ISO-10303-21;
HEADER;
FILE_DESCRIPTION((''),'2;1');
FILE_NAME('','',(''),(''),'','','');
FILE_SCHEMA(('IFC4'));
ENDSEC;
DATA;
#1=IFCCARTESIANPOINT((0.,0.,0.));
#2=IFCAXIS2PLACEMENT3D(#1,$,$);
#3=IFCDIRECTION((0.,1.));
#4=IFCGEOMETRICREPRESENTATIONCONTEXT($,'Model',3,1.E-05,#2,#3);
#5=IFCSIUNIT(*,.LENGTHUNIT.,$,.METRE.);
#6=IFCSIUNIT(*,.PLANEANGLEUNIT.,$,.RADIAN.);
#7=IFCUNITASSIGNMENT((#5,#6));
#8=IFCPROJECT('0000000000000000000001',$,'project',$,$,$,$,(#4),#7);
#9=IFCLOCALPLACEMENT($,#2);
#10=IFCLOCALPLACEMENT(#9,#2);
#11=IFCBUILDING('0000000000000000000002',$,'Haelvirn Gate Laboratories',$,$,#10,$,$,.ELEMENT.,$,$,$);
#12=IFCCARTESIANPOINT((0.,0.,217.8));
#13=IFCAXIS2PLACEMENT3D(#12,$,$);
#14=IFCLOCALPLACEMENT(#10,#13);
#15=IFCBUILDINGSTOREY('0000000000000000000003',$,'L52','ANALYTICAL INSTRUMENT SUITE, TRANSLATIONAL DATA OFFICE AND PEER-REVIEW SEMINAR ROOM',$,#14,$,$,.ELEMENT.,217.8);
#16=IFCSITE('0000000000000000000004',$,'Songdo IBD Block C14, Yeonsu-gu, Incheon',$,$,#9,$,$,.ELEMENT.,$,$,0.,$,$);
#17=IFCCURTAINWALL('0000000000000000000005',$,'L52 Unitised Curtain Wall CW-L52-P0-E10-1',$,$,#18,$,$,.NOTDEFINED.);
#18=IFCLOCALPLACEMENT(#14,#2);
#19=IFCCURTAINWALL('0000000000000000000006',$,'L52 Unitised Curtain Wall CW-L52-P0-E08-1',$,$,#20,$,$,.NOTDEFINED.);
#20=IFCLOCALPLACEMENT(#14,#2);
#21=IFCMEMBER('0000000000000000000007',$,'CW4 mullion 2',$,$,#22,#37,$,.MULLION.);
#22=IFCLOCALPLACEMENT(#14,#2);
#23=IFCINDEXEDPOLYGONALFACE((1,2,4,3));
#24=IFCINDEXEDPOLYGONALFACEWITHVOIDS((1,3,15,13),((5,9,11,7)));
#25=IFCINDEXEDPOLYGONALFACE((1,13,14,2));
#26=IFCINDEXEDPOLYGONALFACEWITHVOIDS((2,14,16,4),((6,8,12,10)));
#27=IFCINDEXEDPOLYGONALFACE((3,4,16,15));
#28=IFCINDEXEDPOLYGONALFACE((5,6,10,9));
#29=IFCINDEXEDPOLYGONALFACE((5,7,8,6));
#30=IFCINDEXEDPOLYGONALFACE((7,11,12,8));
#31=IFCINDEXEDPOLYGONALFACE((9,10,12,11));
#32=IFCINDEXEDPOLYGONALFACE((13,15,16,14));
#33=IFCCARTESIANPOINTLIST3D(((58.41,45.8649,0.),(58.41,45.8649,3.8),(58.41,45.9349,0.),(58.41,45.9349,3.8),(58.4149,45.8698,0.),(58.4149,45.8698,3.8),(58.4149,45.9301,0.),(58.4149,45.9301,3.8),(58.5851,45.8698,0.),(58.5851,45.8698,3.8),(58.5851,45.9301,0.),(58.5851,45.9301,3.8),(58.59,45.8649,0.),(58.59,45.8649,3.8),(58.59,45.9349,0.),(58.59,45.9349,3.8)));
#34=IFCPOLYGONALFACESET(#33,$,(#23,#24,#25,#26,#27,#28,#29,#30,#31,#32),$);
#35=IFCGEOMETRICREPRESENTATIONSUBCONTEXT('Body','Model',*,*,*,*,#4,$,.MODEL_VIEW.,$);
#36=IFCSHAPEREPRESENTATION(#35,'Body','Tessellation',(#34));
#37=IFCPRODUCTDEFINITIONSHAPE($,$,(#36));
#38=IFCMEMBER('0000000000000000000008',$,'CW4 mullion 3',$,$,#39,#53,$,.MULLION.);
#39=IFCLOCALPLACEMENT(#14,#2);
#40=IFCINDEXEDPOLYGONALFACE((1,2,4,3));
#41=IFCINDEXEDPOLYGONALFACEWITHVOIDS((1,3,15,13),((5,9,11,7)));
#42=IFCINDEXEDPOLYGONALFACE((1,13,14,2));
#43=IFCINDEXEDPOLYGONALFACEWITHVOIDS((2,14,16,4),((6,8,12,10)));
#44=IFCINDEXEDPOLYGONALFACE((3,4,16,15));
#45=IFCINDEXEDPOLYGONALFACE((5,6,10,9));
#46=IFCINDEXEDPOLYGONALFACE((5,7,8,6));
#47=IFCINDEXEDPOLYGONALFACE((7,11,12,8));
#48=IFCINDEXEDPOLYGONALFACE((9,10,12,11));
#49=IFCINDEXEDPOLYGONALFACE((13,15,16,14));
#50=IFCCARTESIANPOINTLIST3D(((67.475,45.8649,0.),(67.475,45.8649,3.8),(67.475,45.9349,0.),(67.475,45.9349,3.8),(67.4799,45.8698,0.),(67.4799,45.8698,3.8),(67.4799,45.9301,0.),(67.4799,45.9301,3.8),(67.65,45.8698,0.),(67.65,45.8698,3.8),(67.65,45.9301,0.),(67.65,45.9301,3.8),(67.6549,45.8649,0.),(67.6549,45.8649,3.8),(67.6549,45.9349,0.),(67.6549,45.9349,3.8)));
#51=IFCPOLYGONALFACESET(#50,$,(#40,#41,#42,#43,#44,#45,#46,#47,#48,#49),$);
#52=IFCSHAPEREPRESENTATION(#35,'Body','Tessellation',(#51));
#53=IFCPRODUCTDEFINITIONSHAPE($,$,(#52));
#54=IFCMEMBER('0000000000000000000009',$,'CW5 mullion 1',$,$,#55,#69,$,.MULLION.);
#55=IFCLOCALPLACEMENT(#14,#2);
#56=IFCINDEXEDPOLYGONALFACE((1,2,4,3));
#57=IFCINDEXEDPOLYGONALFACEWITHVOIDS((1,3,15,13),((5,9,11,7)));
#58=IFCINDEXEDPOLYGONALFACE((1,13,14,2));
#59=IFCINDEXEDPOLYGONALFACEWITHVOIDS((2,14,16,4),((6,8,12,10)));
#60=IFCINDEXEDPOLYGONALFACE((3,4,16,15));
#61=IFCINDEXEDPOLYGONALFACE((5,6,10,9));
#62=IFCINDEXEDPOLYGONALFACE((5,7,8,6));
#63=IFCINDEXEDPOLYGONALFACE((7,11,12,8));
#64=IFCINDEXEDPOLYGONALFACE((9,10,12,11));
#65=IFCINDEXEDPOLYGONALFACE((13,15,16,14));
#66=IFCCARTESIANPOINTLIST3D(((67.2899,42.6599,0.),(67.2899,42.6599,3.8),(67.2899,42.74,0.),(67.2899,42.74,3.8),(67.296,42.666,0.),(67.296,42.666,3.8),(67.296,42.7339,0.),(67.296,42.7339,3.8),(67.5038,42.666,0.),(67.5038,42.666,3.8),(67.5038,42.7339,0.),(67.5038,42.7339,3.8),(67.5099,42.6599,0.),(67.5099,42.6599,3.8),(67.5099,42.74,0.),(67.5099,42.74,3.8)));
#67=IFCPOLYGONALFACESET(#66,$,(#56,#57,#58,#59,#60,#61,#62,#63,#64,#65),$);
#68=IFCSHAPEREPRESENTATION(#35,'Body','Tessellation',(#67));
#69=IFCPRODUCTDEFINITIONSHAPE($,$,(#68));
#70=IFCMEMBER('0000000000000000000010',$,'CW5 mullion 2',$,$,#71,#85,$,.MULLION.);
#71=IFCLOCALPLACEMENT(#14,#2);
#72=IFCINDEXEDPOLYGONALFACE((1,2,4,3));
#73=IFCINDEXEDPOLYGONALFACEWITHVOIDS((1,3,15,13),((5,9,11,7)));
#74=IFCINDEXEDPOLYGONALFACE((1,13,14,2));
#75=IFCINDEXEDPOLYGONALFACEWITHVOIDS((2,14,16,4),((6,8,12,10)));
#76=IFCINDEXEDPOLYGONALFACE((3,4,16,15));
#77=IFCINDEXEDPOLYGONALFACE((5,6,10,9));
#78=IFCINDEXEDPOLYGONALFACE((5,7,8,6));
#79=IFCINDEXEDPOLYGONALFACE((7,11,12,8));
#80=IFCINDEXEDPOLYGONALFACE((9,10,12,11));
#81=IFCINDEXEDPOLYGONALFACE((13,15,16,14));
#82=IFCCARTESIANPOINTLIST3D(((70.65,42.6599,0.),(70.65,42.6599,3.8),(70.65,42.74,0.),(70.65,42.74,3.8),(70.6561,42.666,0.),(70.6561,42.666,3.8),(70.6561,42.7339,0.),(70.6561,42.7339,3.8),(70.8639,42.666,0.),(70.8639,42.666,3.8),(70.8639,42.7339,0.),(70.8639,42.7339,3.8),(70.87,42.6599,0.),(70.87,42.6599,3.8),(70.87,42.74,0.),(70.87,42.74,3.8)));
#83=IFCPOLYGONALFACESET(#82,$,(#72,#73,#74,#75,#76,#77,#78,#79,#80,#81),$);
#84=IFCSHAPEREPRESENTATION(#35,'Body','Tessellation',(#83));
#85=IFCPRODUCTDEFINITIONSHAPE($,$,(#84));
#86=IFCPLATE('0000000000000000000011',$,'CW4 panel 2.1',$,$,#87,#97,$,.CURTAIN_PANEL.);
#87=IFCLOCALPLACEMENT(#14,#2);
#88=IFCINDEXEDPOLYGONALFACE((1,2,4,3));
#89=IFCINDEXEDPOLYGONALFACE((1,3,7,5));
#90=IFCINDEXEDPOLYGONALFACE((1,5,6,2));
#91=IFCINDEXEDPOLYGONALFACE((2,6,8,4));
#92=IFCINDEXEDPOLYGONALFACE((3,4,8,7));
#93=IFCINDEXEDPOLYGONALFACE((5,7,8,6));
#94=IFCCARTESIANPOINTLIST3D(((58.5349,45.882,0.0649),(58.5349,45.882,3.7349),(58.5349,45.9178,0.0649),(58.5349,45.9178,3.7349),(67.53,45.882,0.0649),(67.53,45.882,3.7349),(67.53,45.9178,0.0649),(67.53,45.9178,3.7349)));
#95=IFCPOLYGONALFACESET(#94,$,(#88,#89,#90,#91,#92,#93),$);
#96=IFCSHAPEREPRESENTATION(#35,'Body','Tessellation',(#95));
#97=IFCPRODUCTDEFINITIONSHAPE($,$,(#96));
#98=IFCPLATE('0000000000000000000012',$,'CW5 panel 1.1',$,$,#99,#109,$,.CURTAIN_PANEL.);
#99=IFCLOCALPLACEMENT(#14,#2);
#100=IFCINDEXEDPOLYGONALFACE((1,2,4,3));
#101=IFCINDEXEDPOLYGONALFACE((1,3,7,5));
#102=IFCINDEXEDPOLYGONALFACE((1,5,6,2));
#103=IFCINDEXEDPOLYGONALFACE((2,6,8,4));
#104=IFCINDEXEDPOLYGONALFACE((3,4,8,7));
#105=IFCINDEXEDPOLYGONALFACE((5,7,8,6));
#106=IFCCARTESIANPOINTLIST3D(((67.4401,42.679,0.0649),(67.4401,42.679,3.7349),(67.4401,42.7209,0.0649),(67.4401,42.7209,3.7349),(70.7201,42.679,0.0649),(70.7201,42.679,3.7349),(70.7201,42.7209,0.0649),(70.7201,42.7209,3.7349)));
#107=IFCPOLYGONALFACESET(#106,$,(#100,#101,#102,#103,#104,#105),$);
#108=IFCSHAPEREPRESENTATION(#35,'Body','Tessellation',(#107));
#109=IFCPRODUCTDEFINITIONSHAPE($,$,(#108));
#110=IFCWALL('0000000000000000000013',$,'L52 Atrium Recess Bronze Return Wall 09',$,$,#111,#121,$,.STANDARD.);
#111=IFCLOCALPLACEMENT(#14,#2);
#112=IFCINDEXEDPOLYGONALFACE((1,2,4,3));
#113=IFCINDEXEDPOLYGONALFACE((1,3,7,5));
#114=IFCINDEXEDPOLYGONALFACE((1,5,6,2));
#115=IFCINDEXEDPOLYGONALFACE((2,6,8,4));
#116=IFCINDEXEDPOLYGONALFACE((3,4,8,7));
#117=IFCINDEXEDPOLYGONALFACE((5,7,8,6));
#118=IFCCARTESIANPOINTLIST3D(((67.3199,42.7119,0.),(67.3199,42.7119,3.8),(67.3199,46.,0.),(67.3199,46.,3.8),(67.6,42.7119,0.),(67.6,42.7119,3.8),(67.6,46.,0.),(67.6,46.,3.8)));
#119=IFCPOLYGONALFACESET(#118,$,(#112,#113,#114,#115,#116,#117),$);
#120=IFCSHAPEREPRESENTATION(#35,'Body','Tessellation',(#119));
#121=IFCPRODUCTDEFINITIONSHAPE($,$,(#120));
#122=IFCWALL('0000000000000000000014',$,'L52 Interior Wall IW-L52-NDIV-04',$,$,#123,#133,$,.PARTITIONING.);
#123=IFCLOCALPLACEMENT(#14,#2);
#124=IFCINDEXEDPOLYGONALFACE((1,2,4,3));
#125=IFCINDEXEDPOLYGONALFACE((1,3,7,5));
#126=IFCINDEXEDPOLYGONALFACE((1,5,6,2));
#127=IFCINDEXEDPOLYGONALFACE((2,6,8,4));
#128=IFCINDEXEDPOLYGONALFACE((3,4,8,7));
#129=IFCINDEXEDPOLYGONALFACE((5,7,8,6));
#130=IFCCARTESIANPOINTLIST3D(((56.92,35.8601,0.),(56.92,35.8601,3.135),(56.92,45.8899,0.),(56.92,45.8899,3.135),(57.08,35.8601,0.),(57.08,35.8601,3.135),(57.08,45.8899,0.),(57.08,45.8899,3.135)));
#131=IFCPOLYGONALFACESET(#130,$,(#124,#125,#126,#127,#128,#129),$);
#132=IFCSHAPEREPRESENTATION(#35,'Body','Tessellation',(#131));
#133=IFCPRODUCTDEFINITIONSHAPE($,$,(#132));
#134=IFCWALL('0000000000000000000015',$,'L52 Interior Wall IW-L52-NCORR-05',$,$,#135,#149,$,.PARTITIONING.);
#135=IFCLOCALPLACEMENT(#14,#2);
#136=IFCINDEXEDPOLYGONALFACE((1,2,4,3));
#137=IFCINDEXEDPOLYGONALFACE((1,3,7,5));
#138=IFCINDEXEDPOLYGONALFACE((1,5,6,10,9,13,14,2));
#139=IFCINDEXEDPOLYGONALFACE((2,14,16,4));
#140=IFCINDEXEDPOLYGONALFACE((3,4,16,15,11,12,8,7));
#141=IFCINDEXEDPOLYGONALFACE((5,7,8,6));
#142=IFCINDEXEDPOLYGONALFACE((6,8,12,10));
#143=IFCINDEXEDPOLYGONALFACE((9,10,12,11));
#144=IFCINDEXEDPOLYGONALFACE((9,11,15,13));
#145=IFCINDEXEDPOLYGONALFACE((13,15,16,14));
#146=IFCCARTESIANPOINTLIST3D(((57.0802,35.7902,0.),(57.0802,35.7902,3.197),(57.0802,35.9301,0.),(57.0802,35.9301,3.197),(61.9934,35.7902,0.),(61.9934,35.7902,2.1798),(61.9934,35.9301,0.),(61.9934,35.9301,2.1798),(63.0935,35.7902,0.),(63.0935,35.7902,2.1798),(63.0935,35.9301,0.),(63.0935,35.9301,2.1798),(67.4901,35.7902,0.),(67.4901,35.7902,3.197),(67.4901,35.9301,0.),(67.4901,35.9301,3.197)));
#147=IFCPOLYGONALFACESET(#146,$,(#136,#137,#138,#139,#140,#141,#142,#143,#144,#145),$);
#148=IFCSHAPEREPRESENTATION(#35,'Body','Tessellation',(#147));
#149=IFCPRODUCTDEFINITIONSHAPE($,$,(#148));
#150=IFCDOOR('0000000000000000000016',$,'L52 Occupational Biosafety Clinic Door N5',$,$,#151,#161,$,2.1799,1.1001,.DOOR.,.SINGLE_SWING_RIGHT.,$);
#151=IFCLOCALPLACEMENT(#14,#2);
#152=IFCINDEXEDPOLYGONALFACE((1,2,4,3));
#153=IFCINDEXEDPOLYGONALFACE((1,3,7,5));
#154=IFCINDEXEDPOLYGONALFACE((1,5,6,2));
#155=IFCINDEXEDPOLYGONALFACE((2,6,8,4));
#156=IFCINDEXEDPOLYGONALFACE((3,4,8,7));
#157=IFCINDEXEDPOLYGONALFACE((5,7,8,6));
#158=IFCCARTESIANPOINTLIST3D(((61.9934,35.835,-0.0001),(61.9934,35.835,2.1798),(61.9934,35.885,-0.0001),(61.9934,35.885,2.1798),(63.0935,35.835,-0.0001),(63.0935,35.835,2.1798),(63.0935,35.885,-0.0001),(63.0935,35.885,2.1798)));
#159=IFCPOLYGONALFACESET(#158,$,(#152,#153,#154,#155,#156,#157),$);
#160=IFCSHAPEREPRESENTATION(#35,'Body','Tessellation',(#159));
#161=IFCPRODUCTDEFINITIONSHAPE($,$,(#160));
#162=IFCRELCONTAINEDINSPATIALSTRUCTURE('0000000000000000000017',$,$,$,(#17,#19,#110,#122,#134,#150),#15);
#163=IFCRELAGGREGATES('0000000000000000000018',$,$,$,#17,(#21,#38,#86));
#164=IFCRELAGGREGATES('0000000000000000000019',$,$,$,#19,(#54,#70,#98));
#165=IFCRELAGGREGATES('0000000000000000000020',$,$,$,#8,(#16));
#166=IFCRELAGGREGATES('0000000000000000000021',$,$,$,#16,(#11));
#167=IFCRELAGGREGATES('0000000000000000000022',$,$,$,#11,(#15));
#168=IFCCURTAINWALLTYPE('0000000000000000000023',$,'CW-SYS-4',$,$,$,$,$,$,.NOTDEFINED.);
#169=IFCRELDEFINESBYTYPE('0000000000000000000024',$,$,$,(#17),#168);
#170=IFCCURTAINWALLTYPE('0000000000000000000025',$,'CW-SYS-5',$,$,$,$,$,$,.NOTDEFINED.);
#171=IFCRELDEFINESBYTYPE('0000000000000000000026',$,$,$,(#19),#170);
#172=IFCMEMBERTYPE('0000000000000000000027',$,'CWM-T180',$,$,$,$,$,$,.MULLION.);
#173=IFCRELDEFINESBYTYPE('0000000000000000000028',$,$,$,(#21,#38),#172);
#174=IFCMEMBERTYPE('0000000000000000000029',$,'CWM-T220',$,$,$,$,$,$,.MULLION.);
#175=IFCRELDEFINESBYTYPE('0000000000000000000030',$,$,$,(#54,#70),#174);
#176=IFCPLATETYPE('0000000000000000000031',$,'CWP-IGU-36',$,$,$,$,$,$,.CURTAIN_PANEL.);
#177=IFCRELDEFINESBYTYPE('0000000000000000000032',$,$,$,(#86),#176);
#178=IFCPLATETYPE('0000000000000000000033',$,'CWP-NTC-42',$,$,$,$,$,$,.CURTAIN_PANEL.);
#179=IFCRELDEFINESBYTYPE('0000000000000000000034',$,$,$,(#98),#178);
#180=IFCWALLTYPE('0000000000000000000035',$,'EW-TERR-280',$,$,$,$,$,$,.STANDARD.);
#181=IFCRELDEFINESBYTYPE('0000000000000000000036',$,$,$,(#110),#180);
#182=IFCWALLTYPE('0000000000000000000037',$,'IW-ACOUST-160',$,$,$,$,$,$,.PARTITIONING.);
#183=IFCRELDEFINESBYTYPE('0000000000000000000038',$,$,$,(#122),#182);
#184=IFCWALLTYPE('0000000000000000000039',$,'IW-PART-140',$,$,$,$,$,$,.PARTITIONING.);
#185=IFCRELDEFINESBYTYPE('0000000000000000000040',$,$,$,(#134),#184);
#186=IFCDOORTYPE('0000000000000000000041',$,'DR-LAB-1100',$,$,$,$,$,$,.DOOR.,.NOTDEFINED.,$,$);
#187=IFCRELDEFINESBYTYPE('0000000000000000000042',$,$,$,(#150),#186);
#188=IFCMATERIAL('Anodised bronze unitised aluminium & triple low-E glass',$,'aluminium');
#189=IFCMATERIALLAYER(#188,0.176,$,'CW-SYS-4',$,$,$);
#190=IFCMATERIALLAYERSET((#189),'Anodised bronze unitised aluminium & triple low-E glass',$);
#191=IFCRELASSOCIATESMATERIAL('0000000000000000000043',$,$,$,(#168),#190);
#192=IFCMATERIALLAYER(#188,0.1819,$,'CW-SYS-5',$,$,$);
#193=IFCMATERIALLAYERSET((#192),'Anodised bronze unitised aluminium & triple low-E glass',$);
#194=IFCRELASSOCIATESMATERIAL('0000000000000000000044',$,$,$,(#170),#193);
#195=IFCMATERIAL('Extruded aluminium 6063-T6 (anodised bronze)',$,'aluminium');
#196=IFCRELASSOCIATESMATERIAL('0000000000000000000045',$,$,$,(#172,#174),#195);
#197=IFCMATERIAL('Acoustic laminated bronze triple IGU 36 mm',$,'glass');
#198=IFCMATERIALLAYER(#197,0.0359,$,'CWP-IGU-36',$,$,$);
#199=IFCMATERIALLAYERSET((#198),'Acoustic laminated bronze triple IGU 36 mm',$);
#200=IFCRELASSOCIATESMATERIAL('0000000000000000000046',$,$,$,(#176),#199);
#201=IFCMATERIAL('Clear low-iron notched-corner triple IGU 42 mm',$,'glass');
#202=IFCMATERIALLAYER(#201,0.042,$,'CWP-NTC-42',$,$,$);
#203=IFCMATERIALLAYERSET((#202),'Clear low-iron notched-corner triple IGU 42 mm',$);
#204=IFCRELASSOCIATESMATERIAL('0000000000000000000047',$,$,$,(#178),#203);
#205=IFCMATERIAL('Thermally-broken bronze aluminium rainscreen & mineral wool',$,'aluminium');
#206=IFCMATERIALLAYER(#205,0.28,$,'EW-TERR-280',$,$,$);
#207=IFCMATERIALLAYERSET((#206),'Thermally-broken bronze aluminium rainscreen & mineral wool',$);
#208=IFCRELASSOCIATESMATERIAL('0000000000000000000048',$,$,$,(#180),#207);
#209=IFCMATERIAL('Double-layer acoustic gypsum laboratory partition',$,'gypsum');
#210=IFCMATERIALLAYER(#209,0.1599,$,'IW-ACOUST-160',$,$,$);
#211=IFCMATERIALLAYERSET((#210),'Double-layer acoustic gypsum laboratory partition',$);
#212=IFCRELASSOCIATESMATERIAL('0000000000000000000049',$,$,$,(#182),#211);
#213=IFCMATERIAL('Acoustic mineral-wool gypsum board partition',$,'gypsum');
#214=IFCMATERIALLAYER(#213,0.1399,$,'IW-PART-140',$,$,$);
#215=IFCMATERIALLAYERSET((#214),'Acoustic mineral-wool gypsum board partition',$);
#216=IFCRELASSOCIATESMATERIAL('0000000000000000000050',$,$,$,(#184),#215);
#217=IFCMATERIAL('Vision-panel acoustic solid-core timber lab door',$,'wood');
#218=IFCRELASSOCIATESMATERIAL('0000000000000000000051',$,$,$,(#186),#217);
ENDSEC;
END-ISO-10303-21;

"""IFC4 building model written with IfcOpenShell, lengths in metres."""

from ifc_helpers import new_model, si_unit, direction, frame, frame_2d, origin, origin_2d, place, context, subcontext, project, spatial, rectangle, hollow_rectangle, extrude, source, transform, mapped, material, layer, layer_set, material_profile, profile_set, type_object, type_shapes, element, fill, aggregate, save


model = new_model("IFC4")

# Units and contexts
model_context = context("Model", 3, precision=1e-05, world=origin(), true_north=direction((0.0, 1.0)))
body_context = subcontext(model_context, "Body", "Model", "MODEL_VIEW")
ifc_project = project(units=[si_unit("LENGTHUNIT", "METRE"), si_unit("PLANEANGLEUNIT", "RADIAN")], contexts=[model_context])

# Site, building, storey
site_placement = place(None, origin())
site = spatial("IfcSite", under=ifc_project, at=site_placement, Name="Songdo IBD Block C14, Yeonsu-gu, Incheon", CompositionType="ELEMENT", RefElevation=0.0)
building_placement = place(site_placement, origin())
building = spatial("IfcBuilding", under=site, at=building_placement, Name="Haelvirn Gate Laboratories", CompositionType="ELEMENT")
storey_placement = place(building_placement, frame((0.0, 0.0, 217.8)))
storey = spatial("IfcBuildingStorey", under=building, at=storey_placement, Name="L52", Description="ANALYTICAL INSTRUMENT SUITE, TRANSLATIONAL DATA OFFICE AND PEER-REVIEW SEMINAR ROOM", CompositionType="ELEMENT", Elevation=217.8)

# Curtain walls
ifc_material_1 = material(Name="Anodised bronze unitised aluminium & triple low-E glass", Category="aluminium")
ifc_layer_1 = layer(ifc_material_1, 0.176, Name="CW-SYS-4")
ifc_layer_set_1 = layer_set([ifc_layer_1], Name="Anodised bronze unitised aluminium & triple low-E glass")
curtain_wall_type_1 = type_object("IfcCurtainWallType", Name="CW-SYS-4", PredefinedType="NOTDEFINED", material=ifc_layer_set_1)
curtain_wall_1_placement = place(storey_placement, origin())
curtain_wall_1 = element("IfcCurtainWall", 1, at=curtain_wall_1_placement, inside=storey, type_object=curtain_wall_type_1, Name="L52 Unitised Curtain Wall CW-L52-P0-E10-1", PredefinedType="NOTDEFINED")
ifc_material_2 = material(Name="Extruded aluminium 6063-T6 (anodised bronze)", Category="aluminium")
ifc_layer_2 = layer(ifc_material_1, 0.1819, Name="CW-SYS-5")
ifc_layer_set_2 = layer_set([ifc_layer_2], Name="Anodised bronze unitised aluminium & triple low-E glass")
curtain_wall_type_2 = type_object("IfcCurtainWallType", Name="CW-SYS-5", PredefinedType="NOTDEFINED", material=ifc_layer_set_2)
curtain_wall_2_placement = place(storey_placement, origin())
curtain_wall_2 = element("IfcCurtainWall", 2, at=curtain_wall_2_placement, inside=storey, type_object=curtain_wall_type_2, Name="L52 Unitised Curtain Wall CW-L52-P0-E08-1", PredefinedType="NOTDEFINED")

# Shared definitions
ifc_material_profile_1 = material_profile(ifc_material_2, hollow_rectangle(XDim=0.0701, YDim=0.1799, WallThickness=0.0049, at=origin_2d()), Name="CWM-180x70x5")
ifc_profile_set_1 = profile_set([ifc_material_profile_1], Name="Extruded aluminium 6063-T6 (anodised bronze)")
member_type_1 = type_object("IfcMemberType", Name="CWM-T180", PredefinedType="MULLION", material=ifc_profile_set_1)
shared_shape_1 = source(origin(), body_context, "Body", "SweptSolid", [
    extrude(hollow_rectangle(XDim=0.0701, YDim=0.1799, WallThickness=0.0049, at=origin_2d()), origin(), (0.0, 0.0, 1.0), 3.8),
])
type_shapes(member_type_1, [shared_shape_1])

# Members
member_1_placement = place(storey_placement, frame((58.5, 45.8999, 0.0), z_axis=(0.0, 0.0, 1.0), x_axis=(0.0, 1.0, 0.0)))
member_1 = element("IfcMember", 3, at=member_1_placement, type_object=member_type_1, Name="CW4 mullion 2", PredefinedType="MULLION", context=body_context, shape_type="MappedRepresentation", body=[
    mapped(shared_shape_1, transform((0.0, 0.0, 0.0), scale=1.0)),
])
member_2_placement = place(storey_placement, frame((67.5649, 45.8999, 0.0), z_axis=(0.0, 0.0, 1.0), x_axis=(0.0, 1.0, 0.0)))
member_2 = element("IfcMember", 4, at=member_2_placement, type_object=member_type_1, Name="CW4 mullion 3", PredefinedType="MULLION", context=body_context, shape_type="MappedRepresentation", body=[
    mapped(shared_shape_1, transform((0.0, 0.0, 0.0), scale=1.0)),
])
ifc_material_profile_2 = material_profile(ifc_material_2, hollow_rectangle(XDim=0.0801, YDim=0.22, WallThickness=0.0061, at=origin_2d()), Name="CWM-220x80x6")
ifc_profile_set_2 = profile_set([ifc_material_profile_2], Name="Extruded aluminium 6063-T6 (anodised bronze)")
member_type_2 = type_object("IfcMemberType", Name="CWM-T220", PredefinedType="MULLION", material=ifc_profile_set_2)
shared_shape_2 = source(origin(), body_context, "Body", "SweptSolid", [
    extrude(hollow_rectangle(XDim=0.0801, YDim=0.22, WallThickness=0.0061, at=origin_2d()), origin(), (0.0, 0.0, 1.0), 3.8),
])
type_shapes(member_type_2, [shared_shape_2])
member_3_placement = place(storey_placement, frame((67.3999, 42.7, 0.0), z_axis=(0.0, 0.0, 1.0), x_axis=(0.0, 1.0, 0.0)))
member_3 = element("IfcMember", 5, at=member_3_placement, type_object=member_type_2, Name="CW5 mullion 1", PredefinedType="MULLION", context=body_context, shape_type="MappedRepresentation", body=[
    mapped(shared_shape_2, transform((0.0, 0.0, 0.0), scale=1.0)),
])
member_4_placement = place(storey_placement, frame((70.76, 42.7, 0.0), z_axis=(0.0, 0.0, 1.0), x_axis=(0.0, 1.0, 0.0)))
member_4 = element("IfcMember", 6, at=member_4_placement, type_object=member_type_2, Name="CW5 mullion 2", PredefinedType="MULLION", context=body_context, shape_type="MappedRepresentation", body=[
    mapped(shared_shape_2, transform((0.0, 0.0, 0.0), scale=1.0)),
])

# Plates
ifc_material_3 = material(Name="Acoustic laminated bronze triple IGU 36 mm", Category="glass")
ifc_layer_3 = layer(ifc_material_3, 0.0359, Name="CWP-IGU-36")
ifc_layer_set_3 = layer_set([ifc_layer_3], Name="Acoustic laminated bronze triple IGU 36 mm")
plate_type_1 = type_object("IfcPlateType", Name="CWP-IGU-36", PredefinedType="CURTAIN_PANEL", material=ifc_layer_set_3)
shared_shape_3 = source(origin(), body_context, "Body", "SweptSolid", [
    extrude(rectangle(XDim=8.9951, YDim=0.0359, at=origin_2d()), origin(), (0.0, 0.0, 1.0), 3.6699),
])
type_shapes(plate_type_1, [shared_shape_3])
plate_1_placement = place(storey_placement, frame((63.0325, 45.8999, 0.0649), z_axis=(0.0, 0.0, 1.0), x_axis=(1.0, 0.0, 0.0)))
plate_1 = element("IfcPlate", 7, at=plate_1_placement, type_object=plate_type_1, Name="CW4 panel 2.1", PredefinedType="CURTAIN_PANEL", context=body_context, shape_type="MappedRepresentation", body=[
    mapped(shared_shape_3, transform((0.0, 0.0, 0.0), scale=1.0)),
])
aggregate(curtain_wall_1, [member_1, member_2, plate_1])
ifc_material_4 = material(Name="Clear low-iron notched-corner triple IGU 42 mm", Category="glass")
ifc_layer_4 = layer(ifc_material_4, 0.042, Name="CWP-NTC-42")
ifc_layer_set_4 = layer_set([ifc_layer_4], Name="Clear low-iron notched-corner triple IGU 42 mm")
plate_type_2 = type_object("IfcPlateType", Name="CWP-NTC-42", PredefinedType="CURTAIN_PANEL", material=ifc_layer_set_4)
shared_shape_4 = source(origin(), body_context, "Body", "SweptSolid", [
    extrude(rectangle(XDim=3.28, YDim=0.042, at=origin_2d()), origin(), (0.0, 0.0, 1.0), 3.6699),
])
type_shapes(plate_type_2, [shared_shape_4])
plate_2_placement = place(storey_placement, frame((69.0801, 42.7, 0.0649), z_axis=(0.0, 0.0, 1.0), x_axis=(1.0, 0.0, 0.0)))
plate_2 = element("IfcPlate", 8, at=plate_2_placement, type_object=plate_type_2, Name="CW5 panel 1.1", PredefinedType="CURTAIN_PANEL", context=body_context, shape_type="MappedRepresentation", body=[
    mapped(shared_shape_4, transform((0.0, 0.0, 0.0), scale=1.0)),
])
aggregate(curtain_wall_2, [member_3, member_4, plate_2])

# Walls
ifc_material_5 = material(Name="Thermally-broken bronze aluminium rainscreen & mineral wool", Category="aluminium")
ifc_layer_5 = layer(ifc_material_5, 0.28, Name="EW-TERR-280")
ifc_layer_set_5 = layer_set([ifc_layer_5], Name="Thermally-broken bronze aluminium rainscreen & mineral wool")
wall_type_1 = type_object("IfcWallType", Name="EW-TERR-280", PredefinedType="STANDARD", material=ifc_layer_set_5)
wall_1_placement = place(storey_placement, frame((67.46, 42.7119, 0.0), z_axis=(0.0, 0.0, 1.0), x_axis=(0.0, 1.0, 0.0)))
element("IfcWall", 9, at=wall_1_placement, inside=storey, type_object=wall_type_1, Name="L52 Atrium Recess Bronze Return Wall 09", PredefinedType="STANDARD", context=body_context, shape_type="SweptSolid", body=[
    extrude(rectangle(XDim=3.2881, YDim=0.28, at=frame_2d((1.644, 0.0))), origin(), (0.0, 0.0, 1.0), 3.8),
])
ifc_material_6 = material(Name="Double-layer acoustic gypsum laboratory partition", Category="gypsum")
ifc_layer_6 = layer(ifc_material_6, 0.1599, Name="IW-ACOUST-160")
ifc_layer_set_6 = layer_set([ifc_layer_6], Name="Double-layer acoustic gypsum laboratory partition")
wall_type_2 = type_object("IfcWallType", Name="IW-ACOUST-160", PredefinedType="PARTITIONING", material=ifc_layer_set_6)
wall_2_placement = place(storey_placement, frame((57.0, 35.8601, 0.0), z_axis=(0.0, 0.0, 1.0), x_axis=(0.0, 1.0, 0.0)))
element("IfcWall", 10, at=wall_2_placement, inside=storey, type_object=wall_type_2, Name="L52 Interior Wall IW-L52-NDIV-04", PredefinedType="PARTITIONING", context=body_context, shape_type="SweptSolid", body=[
    extrude(rectangle(XDim=10.0298, YDim=0.1599, at=frame_2d((5.0149, 0.0))), origin(), (0.0, 0.0, 1.0), 3.135),
])

# Wall, opening, door
ifc_material_7 = material(Name="Acoustic mineral-wool gypsum board partition", Category="gypsum")
ifc_layer_7 = layer(ifc_material_7, 0.1399, Name="IW-PART-140")
ifc_layer_set_7 = layer_set([ifc_layer_7], Name="Acoustic mineral-wool gypsum board partition")
wall_type_3 = type_object("IfcWallType", Name="IW-PART-140", PredefinedType="PARTITIONING", material=ifc_layer_set_7)
wall_3_placement = place(storey_placement, frame((57.0801, 35.8601, 0.0), z_axis=(0.0, 0.0, 1.0), x_axis=(1.0, 0.0, 0.0)))
wall_3 = element("IfcWall", 11, at=wall_3_placement, inside=storey, type_object=wall_type_3, Name="L52 Interior Wall IW-L52-NCORR-05", PredefinedType="PARTITIONING", context=body_context, shape_type="SweptSolid", body=[
    extrude(rectangle(XDim=10.4099, YDim=0.1399, at=frame_2d((5.2051, 0.0))), origin(), (0.0, 0.0, 1.0), 3.197),
])
opening_1_placement = place(wall_3_placement, frame((4.9133, 0.0, 0.0)))
opening_1 = element("IfcOpeningElement", 12, at=opening_1_placement, cuts=wall_3, PredefinedType="OPENING", context=body_context, shape_type="SweptSolid", body=[
    extrude(rectangle(XDim=1.1001, YDim=2.1799, at=frame_2d((0.55, 1.0898))), frame((0.0, 0.0801, 0.0), z_axis=(0.0, -1.0, 0.0), x_axis=(1.0, 0.0, 0.0)), (0.0, 0.0, 1.0), 0.1599),
])
ifc_material_8 = material(Name="Vision-panel acoustic solid-core timber lab door", Category="wood")
door_type_1 = type_object("IfcDoorType", Name="DR-LAB-1100", OperationType="NOTDEFINED", PredefinedType="DOOR", material=ifc_material_8)
shared_shape_5 = source(origin(), body_context, "Body", "SweptSolid", [
    extrude(rectangle(XDim=1.1001, YDim=2.1799, at=frame_2d((0.55, 1.0898))), frame((0.0, 0.0249, 0.0), z_axis=(0.0, -1.0, 0.0), x_axis=(1.0, 0.0, 0.0)), (0.0, 0.0, 1.0), 0.05),
])
type_shapes(door_type_1, [shared_shape_5])
door_1_placement = place(opening_1_placement, origin())
door_1 = element("IfcDoor", 13, at=door_1_placement, inside=storey, type_object=door_type_1, Name="L52 Occupational Biosafety Clinic Door N5", OperationType="SINGLE_SWING_RIGHT", OverallHeight=2.1799, OverallWidth=1.1001, PredefinedType="DOOR", context=body_context, shape_type="MappedRepresentation", body=[
    mapped(shared_shape_5, transform((0.0, 0.0, 0.0), scale=1.0)),
])
fill(opening_1, door_1)

save(model, "model.ifc")
